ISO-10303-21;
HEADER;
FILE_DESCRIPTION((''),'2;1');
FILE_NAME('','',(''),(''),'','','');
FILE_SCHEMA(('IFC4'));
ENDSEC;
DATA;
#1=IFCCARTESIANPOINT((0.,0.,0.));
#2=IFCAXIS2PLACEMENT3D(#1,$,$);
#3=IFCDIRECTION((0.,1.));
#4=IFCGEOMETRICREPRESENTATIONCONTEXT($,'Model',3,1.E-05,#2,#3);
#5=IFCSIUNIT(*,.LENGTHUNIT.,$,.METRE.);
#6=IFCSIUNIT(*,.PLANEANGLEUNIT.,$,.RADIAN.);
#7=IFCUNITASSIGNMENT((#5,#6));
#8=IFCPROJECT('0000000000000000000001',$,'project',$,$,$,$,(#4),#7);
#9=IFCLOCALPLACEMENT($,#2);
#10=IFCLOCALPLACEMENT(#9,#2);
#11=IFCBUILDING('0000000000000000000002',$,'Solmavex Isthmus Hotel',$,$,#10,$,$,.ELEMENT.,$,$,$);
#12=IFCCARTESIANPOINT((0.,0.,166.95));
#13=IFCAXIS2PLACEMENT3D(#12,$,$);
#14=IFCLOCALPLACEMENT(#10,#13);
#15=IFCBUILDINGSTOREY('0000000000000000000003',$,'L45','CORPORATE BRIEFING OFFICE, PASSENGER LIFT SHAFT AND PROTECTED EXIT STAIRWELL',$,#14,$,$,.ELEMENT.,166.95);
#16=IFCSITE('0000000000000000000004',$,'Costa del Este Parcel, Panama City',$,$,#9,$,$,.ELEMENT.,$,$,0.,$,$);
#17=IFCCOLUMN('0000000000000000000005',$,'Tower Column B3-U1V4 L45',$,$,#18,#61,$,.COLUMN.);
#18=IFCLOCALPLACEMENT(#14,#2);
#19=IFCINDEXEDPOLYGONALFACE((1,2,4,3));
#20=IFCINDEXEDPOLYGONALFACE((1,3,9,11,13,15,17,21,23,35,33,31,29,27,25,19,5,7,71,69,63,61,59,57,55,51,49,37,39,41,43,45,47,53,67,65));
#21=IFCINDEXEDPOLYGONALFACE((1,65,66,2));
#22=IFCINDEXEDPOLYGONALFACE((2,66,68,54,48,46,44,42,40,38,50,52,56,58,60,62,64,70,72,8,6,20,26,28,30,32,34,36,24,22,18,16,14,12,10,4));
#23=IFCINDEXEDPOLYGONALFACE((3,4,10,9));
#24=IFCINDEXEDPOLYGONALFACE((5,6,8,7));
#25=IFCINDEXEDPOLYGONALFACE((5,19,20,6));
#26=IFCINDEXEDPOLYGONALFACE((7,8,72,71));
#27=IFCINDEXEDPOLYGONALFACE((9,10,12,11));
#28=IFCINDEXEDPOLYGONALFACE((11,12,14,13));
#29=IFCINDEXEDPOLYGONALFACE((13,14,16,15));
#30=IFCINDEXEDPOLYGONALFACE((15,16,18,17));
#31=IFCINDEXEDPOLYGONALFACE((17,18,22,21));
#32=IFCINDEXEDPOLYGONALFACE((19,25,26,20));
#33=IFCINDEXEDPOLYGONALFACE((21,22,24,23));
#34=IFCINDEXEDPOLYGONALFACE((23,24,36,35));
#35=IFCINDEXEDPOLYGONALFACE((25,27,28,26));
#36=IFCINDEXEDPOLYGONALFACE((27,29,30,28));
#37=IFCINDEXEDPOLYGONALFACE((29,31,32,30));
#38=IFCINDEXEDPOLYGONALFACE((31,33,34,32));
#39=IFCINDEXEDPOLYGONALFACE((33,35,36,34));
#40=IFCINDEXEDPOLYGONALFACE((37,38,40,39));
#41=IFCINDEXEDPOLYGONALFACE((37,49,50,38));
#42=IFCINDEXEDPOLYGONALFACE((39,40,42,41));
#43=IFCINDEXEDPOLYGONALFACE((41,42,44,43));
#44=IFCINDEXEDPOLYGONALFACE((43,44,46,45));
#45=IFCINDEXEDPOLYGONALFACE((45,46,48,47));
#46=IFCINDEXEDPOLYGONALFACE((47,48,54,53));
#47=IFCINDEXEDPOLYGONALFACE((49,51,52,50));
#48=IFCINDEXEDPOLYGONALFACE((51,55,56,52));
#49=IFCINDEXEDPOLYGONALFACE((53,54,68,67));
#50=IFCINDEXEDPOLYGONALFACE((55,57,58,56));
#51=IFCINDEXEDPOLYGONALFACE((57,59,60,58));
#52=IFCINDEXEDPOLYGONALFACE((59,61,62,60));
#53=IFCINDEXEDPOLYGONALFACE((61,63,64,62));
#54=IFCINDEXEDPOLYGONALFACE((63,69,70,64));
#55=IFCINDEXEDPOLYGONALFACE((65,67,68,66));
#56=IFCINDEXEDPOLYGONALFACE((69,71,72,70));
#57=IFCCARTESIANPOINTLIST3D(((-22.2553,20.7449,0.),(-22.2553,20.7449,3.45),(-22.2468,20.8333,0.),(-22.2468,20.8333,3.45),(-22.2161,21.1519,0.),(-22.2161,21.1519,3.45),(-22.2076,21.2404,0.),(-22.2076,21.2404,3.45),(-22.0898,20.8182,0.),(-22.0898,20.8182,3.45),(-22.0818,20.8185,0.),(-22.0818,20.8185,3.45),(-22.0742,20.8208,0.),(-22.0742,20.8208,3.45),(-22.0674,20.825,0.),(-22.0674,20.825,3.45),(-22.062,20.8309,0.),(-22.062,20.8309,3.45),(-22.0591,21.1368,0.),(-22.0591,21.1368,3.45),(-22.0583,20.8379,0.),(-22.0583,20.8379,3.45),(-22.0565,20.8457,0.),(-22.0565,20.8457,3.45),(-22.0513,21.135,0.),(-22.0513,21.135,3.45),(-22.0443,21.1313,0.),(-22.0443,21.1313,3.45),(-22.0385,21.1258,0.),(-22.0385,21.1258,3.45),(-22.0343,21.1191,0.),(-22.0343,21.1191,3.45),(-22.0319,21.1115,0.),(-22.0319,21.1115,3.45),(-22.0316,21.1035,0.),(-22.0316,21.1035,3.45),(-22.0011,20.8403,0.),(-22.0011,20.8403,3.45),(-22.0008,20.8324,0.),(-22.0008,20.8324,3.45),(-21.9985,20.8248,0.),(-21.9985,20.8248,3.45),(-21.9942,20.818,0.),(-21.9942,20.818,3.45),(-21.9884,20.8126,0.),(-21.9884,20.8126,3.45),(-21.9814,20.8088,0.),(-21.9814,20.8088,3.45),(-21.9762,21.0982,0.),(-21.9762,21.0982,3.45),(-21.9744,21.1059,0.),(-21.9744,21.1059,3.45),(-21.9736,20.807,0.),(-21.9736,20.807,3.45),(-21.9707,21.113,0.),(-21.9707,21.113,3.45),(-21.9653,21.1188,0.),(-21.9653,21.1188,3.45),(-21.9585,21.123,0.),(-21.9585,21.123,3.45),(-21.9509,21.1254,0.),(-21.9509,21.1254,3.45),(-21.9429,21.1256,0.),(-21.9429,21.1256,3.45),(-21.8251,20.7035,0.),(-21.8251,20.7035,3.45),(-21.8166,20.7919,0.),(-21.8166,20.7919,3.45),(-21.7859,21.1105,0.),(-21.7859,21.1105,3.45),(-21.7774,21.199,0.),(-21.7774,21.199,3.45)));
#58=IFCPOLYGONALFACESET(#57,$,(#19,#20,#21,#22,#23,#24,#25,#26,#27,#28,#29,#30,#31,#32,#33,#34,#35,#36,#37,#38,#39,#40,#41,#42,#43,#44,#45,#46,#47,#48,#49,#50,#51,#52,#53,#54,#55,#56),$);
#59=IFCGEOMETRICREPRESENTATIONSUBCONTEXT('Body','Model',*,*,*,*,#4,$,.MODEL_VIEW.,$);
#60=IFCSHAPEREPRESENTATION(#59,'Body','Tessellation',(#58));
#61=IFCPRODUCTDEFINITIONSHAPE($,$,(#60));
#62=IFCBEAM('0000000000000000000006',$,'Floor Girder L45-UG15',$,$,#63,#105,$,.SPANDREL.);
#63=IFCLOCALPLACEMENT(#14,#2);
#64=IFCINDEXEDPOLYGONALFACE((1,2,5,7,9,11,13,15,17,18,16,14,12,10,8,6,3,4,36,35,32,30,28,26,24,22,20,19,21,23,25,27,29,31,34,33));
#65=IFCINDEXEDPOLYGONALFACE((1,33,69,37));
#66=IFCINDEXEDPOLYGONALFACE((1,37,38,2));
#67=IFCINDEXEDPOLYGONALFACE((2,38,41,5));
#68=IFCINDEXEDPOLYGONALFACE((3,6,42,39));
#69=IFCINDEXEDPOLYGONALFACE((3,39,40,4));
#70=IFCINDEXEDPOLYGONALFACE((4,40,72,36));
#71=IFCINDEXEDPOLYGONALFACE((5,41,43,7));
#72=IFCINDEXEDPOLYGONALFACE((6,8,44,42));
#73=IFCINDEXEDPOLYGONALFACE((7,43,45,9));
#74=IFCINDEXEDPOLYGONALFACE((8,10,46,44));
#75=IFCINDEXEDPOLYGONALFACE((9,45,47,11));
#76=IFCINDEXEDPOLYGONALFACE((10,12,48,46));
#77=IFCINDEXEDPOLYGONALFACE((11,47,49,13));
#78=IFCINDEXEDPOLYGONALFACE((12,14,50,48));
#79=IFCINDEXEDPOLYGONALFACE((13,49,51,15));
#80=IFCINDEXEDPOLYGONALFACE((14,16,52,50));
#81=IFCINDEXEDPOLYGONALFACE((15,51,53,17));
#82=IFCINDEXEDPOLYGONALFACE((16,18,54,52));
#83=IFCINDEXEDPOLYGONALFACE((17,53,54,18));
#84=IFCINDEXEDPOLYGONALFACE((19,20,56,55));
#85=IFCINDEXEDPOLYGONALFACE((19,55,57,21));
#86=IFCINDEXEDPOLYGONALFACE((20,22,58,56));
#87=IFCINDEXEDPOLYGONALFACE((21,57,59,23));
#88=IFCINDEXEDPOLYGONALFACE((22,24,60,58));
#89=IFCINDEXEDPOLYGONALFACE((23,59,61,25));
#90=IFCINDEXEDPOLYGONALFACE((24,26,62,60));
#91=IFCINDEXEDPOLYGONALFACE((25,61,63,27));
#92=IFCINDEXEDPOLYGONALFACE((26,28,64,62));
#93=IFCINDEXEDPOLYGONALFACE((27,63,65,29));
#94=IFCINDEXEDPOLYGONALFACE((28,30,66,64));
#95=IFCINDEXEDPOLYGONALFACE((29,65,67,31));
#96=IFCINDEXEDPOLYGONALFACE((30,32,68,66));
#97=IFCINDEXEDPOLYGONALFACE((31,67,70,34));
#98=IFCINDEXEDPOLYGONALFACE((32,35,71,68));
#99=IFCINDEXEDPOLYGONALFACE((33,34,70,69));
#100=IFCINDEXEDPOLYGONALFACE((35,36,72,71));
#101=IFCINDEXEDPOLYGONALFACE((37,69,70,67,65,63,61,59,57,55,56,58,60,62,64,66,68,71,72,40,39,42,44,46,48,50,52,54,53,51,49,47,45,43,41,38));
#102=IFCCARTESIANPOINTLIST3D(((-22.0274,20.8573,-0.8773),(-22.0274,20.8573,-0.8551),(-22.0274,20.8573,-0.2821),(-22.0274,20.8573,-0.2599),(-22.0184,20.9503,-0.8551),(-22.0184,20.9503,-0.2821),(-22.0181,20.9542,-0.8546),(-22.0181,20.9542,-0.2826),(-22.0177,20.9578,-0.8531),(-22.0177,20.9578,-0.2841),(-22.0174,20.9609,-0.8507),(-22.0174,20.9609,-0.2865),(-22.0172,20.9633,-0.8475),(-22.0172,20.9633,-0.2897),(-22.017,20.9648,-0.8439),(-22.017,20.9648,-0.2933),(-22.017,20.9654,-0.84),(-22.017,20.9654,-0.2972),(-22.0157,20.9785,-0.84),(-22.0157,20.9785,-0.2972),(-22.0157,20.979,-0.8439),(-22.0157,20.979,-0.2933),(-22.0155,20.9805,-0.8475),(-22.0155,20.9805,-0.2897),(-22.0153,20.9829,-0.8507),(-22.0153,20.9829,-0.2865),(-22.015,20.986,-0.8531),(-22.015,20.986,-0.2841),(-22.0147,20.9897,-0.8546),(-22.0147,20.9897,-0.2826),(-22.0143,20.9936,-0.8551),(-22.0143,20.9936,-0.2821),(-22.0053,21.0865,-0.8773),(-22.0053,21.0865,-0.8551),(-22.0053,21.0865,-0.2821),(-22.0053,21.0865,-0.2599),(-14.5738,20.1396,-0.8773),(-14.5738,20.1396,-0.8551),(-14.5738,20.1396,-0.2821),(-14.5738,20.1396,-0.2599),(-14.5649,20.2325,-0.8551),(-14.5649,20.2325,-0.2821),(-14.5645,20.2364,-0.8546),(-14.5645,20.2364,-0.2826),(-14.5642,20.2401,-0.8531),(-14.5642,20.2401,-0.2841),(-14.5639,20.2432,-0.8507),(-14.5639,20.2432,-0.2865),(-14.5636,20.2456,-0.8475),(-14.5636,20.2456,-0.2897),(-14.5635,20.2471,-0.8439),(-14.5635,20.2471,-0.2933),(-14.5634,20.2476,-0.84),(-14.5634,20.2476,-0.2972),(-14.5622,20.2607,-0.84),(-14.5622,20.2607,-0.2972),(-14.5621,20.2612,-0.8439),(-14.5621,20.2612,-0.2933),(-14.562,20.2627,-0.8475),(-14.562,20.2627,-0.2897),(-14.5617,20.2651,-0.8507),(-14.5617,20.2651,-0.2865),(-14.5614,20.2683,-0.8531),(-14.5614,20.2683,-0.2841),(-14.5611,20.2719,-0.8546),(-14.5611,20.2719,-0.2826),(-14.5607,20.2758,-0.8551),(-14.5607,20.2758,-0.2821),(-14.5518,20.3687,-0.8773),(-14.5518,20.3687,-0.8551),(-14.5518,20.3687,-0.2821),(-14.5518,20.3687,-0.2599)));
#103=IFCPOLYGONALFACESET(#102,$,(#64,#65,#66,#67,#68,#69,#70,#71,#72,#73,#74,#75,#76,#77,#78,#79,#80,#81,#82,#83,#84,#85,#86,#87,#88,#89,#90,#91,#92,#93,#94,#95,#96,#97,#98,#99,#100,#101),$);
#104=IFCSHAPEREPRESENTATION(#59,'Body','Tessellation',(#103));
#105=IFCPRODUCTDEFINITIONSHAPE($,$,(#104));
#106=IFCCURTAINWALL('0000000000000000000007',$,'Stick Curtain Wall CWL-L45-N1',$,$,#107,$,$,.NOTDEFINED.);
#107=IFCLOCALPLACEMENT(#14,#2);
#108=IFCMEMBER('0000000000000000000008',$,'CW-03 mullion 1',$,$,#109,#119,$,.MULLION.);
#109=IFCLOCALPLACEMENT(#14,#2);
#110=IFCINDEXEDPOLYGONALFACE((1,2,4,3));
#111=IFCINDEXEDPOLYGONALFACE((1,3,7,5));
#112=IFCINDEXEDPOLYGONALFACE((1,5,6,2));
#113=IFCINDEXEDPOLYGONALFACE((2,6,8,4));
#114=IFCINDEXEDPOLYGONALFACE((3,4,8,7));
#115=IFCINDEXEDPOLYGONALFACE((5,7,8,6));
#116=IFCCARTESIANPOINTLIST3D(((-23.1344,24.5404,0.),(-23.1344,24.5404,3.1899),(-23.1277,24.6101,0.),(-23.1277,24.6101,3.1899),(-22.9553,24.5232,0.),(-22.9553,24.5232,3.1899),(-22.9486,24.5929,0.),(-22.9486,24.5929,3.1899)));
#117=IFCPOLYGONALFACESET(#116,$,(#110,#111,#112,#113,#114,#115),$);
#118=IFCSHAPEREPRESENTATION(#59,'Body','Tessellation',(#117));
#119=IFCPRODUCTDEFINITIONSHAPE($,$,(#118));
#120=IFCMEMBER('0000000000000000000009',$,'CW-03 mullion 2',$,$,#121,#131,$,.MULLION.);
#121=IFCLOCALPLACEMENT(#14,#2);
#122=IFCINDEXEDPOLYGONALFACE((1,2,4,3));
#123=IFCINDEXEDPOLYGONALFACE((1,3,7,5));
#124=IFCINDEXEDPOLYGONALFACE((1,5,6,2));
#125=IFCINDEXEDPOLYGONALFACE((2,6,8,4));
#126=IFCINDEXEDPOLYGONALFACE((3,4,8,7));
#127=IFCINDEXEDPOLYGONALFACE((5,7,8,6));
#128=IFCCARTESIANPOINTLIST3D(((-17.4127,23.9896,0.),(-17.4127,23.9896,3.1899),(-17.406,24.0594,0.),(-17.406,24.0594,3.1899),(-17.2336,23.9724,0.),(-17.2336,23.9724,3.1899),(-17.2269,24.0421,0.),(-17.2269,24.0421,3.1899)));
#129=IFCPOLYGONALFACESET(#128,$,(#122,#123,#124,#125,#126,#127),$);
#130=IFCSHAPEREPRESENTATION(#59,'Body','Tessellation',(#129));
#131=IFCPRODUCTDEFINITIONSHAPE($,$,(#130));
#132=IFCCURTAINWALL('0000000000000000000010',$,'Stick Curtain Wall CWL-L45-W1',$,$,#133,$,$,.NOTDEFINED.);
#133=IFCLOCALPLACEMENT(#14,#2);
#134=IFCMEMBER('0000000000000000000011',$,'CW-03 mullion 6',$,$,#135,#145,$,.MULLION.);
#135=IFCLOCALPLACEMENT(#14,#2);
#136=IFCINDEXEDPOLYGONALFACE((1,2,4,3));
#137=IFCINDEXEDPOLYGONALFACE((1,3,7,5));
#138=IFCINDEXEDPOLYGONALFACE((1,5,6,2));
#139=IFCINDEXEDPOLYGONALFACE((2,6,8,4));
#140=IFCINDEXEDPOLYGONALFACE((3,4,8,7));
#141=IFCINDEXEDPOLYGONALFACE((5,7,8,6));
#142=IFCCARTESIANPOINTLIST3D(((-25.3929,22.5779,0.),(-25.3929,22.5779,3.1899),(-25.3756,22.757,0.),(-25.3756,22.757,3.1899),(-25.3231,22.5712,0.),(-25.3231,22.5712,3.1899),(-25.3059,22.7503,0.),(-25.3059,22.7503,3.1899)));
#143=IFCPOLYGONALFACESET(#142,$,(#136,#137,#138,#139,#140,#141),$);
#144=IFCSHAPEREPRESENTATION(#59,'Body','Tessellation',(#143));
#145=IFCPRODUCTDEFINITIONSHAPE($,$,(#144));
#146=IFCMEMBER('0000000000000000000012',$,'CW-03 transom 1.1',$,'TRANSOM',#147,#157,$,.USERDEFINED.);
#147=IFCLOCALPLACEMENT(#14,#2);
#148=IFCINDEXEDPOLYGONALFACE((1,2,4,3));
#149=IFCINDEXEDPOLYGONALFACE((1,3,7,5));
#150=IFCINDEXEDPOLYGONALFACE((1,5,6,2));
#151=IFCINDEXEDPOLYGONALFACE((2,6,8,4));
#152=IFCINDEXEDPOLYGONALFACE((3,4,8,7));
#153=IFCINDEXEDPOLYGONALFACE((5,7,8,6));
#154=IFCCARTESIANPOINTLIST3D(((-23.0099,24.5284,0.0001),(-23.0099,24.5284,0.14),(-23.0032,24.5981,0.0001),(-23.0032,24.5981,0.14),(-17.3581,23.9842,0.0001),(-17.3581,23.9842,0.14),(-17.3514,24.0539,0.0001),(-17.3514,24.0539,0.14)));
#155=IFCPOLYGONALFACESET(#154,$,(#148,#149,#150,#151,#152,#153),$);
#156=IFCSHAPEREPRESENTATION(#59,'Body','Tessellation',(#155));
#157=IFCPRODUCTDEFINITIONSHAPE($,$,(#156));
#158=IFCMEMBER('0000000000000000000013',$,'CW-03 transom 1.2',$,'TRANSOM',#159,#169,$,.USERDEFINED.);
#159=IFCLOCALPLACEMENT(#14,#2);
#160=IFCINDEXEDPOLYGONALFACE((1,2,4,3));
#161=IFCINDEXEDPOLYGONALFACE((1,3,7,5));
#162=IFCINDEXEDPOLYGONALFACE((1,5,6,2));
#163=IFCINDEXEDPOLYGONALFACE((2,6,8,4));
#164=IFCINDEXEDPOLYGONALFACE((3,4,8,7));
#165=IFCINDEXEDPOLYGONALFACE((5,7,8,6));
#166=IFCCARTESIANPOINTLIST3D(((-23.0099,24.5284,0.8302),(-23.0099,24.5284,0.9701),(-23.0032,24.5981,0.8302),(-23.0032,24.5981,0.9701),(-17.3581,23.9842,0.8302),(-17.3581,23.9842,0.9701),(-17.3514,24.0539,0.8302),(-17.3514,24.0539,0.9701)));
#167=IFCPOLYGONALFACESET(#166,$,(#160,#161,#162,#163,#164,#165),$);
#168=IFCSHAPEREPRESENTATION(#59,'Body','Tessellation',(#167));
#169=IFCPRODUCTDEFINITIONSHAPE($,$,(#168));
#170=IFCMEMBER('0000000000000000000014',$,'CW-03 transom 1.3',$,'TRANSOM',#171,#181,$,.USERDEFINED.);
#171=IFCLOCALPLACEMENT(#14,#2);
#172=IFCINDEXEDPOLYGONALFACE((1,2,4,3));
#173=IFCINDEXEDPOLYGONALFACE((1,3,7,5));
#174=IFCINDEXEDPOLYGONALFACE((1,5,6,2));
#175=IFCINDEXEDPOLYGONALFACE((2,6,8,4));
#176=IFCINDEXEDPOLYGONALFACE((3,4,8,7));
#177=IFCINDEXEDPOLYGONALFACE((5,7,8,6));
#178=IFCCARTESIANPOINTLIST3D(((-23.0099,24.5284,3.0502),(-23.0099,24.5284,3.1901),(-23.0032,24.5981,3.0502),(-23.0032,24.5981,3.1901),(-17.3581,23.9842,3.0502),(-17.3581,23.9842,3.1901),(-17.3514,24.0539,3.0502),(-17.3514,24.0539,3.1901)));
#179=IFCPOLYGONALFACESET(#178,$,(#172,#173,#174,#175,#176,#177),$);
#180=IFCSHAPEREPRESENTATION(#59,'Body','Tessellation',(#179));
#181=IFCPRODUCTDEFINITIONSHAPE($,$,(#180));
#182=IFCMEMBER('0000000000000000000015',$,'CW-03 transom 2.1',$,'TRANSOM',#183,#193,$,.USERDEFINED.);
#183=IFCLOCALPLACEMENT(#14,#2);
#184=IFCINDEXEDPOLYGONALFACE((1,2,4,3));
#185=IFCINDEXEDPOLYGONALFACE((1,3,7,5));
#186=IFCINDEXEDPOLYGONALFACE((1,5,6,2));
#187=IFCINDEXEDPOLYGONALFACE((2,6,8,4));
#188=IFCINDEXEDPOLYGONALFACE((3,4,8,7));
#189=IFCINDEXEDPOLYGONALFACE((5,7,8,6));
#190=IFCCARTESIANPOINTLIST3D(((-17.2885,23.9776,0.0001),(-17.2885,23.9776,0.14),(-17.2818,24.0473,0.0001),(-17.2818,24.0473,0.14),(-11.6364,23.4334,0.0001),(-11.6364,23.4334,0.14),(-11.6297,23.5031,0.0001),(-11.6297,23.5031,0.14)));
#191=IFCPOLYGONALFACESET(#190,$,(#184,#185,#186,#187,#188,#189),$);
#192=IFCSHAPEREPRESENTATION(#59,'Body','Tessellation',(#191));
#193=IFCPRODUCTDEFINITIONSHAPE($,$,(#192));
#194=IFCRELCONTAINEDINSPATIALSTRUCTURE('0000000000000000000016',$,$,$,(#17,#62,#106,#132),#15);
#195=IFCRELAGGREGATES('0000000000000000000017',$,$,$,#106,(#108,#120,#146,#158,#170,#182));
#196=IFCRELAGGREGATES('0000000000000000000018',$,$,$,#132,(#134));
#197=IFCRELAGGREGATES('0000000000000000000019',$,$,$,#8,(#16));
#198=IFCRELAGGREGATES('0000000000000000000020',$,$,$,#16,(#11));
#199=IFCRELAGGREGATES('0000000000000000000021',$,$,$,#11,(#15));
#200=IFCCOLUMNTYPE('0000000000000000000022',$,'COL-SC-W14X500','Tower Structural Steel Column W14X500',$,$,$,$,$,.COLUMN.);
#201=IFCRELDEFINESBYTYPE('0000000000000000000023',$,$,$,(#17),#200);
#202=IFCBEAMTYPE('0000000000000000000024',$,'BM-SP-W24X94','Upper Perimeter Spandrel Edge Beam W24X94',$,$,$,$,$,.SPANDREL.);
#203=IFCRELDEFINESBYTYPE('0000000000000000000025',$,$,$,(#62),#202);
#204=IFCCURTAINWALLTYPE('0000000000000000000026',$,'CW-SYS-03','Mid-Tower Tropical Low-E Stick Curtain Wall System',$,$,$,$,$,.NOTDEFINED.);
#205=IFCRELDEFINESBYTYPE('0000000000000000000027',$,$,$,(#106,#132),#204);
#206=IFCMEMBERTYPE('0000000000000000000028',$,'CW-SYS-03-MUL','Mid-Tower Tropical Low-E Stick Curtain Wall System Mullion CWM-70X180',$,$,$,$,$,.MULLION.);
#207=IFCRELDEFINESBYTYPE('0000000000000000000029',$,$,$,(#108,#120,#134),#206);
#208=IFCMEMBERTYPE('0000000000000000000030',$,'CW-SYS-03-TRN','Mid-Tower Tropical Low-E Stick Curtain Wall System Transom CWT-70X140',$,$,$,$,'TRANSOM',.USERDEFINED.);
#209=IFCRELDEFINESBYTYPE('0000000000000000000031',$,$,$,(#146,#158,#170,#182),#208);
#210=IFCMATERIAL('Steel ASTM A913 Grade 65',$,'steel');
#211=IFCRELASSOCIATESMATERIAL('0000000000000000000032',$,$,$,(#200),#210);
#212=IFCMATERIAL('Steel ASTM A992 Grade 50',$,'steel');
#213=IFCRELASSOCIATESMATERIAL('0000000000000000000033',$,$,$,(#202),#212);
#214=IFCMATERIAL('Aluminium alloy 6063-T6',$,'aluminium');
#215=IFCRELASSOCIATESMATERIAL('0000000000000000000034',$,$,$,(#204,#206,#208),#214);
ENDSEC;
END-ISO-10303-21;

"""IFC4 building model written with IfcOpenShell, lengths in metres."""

from ifc_helpers import new_model, si_unit, direction, frame, origin, origin_2d, place, context, subcontext, project, spatial, rectangle, i_section, extrude, material, material_profile, profile_set, type_object, element, aggregate, save


model = new_model("IFC4")

# Units and contexts
model_context = context("Model", 3, precision=1e-05, world=origin(), true_north=direction((0.0, 1.0)))
body_context = subcontext(model_context, "Body", "Model", "MODEL_VIEW")
ifc_project = project(units=[si_unit("LENGTHUNIT", "METRE"), si_unit("PLANEANGLEUNIT", "RADIAN")], contexts=[model_context])

# Site, building, storey
site_placement = place(None, origin())
site = spatial("IfcSite", under=ifc_project, at=site_placement, Name="Costa del Este Parcel, Panama City", CompositionType="ELEMENT", RefElevation=0.0)
building_placement = place(site_placement, origin())
building = spatial("IfcBuilding", under=site, at=building_placement, Name="Solmavex Isthmus Hotel", CompositionType="ELEMENT")
storey_placement = place(building_placement, frame((0.0, 0.0, 166.95)))
storey = spatial("IfcBuildingStorey", under=building, at=storey_placement, Name="L45", Description="CORPORATE BRIEFING OFFICE, PASSENGER LIFT SHAFT AND PROTECTED EXIT STAIRWELL", CompositionType="ELEMENT", Elevation=166.95)

# Column
ifc_material_1 = material(Name="Steel ASTM A913 Grade 65", Category="steel")
ifc_material_profile_1 = material_profile(ifc_material_1, i_section(OverallWidth=0.4321, OverallDepth=0.4978, WebThickness=0.0557, FlangeThickness=0.0889, FilletRadius=0.0305, at=origin_2d()), Name="W14X500")
ifc_profile_set_1 = profile_set([ifc_material_profile_1], Name="Steel ASTM A913 Grade 65")
column_type = type_object("IfcColumnType", Name="COL-SC-W14X500", Description="Tower Structural Steel Column W14X500", PredefinedType="COLUMN", material=ifc_profile_set_1)
column_placement = place(storey_placement, frame((-22.0164, 20.9719, 0.0), z_axis=(0.0, 0.0, 1.0), x_axis=(0.995396, -0.095846, 0.0)))
element("IfcColumn", 1, at=column_placement, inside=storey, type_object=column_type, Name="Tower Column B3-U1V4 L45", PredefinedType="COLUMN", context=body_context, shape_type="SweptSolid", body=[
    extrude(i_section(OverallWidth=0.4321, OverallDepth=0.4978, WebThickness=0.0557, FlangeThickness=0.0889, FilletRadius=0.0305, at=origin_2d()), origin(), (0.0, 0.0, 1.0), 3.45),
])

# Beam
ifc_material_2 = material(Name="Steel ASTM A992 Grade 50", Category="steel")
ifc_material_profile_2 = material_profile(ifc_material_2, i_section(OverallWidth=0.2302, OverallDepth=0.6174, WebThickness=0.0132, FlangeThickness=0.0222, FilletRadius=0.0151, at=origin_2d()), Name="W24X94")
ifc_profile_set_2 = profile_set([ifc_material_profile_2], Name="Steel ASTM A992 Grade 50")
beam_type = type_object("IfcBeamType", Name="BM-SP-W24X94", Description="Upper Perimeter Spandrel Edge Beam W24X94", PredefinedType="SPANDREL", material=ifc_profile_set_2)
beam_placement = place(storey_placement, frame((-22.0164, 20.9719, -0.5686), z_axis=(0.995395, -0.095855, 0.0), x_axis=(0.095855, 0.995395, 0.0)))
element("IfcBeam", 2, at=beam_placement, inside=storey, type_object=beam_type, Name="Floor Girder L45-UG15", PredefinedType="SPANDREL", context=body_context, shape_type="SweptSolid", body=[
    extrude(i_section(OverallWidth=0.2302, OverallDepth=0.6174, WebThickness=0.0132, FlangeThickness=0.0222, FilletRadius=0.0151, at=origin_2d()), origin(), (0.0, 0.0, 1.0), 7.488),
])

# Curtain wall, members
ifc_material_3 = material(Name="Aluminium alloy 6063-T6", Category="aluminium")
curtain_wall_type = type_object("IfcCurtainWallType", Name="CW-SYS-03", Description="Mid-Tower Tropical Low-E Stick Curtain Wall System", PredefinedType="NOTDEFINED", material=ifc_material_3)
curtain_wall_1_placement = place(storey_placement, origin())
curtain_wall_1 = element("IfcCurtainWall", 3, at=curtain_wall_1_placement, inside=storey, type_object=curtain_wall_type, Name="Stick Curtain Wall CWL-L45-N1", PredefinedType="NOTDEFINED")
ifc_material_profile_3 = material_profile(ifc_material_3, rectangle(XDim=0.0701, YDim=0.1799, at=origin_2d()), Name="CWM-70X180")
ifc_profile_set_3 = profile_set([ifc_material_profile_3], Name="Aluminium alloy 6063-T6")
member_type_1 = type_object("IfcMemberType", Name="CW-SYS-03-MUL", Description="Mid-Tower Tropical Low-E Stick Curtain Wall System Mullion CWM-70X180", PredefinedType="MULLION", material=ifc_profile_set_3)
member_1_placement = place(storey_placement, frame((-23.0415, 24.5667, 0.0), z_axis=(0.0, 0.0, 1.0), x_axis=(0.095846, 0.995396, 0.0)))
member_1 = element("IfcMember", 4, at=member_1_placement, type_object=member_type_1, Name="CW-03 mullion 1", PredefinedType="MULLION", context=body_context, shape_type="SweptSolid", body=[
    extrude(rectangle(XDim=0.0701, YDim=0.1799, at=origin_2d()), origin(), (0.0, 0.0, 1.0), 3.1899),
])
member_2_placement = place(storey_placement, frame((-17.3198, 24.0159, 0.0), z_axis=(0.0, 0.0, 1.0), x_axis=(0.095846, 0.995396, 0.0)))
member_2 = element("IfcMember", 5, at=member_2_placement, type_object=member_type_1, Name="CW-03 mullion 2", PredefinedType="MULLION", context=body_context, shape_type="SweptSolid", body=[
    extrude(rectangle(XDim=0.0701, YDim=0.1799, at=origin_2d()), origin(), (0.0, 0.0, 1.0), 3.1899),
])

# Curtain wall, member
curtain_wall_2_placement = place(storey_placement, origin())
curtain_wall_2 = element("IfcCurtainWall", 6, at=curtain_wall_2_placement, inside=storey, type_object=curtain_wall_type, Name="Stick Curtain Wall CWL-L45-W1", PredefinedType="NOTDEFINED")
member_3_placement = place(storey_placement, frame((-25.3494, 22.6641, 0.0), z_axis=(0.0, 0.0, 1.0), x_axis=(-0.995396, 0.095846, 0.0)))
member_3 = element("IfcMember", 7, at=member_3_placement, type_object=member_type_1, Name="CW-03 mullion 6", PredefinedType="MULLION", context=body_context, shape_type="SweptSolid", body=[
    extrude(rectangle(XDim=0.0701, YDim=0.1799, at=origin_2d()), origin(), (0.0, 0.0, 1.0), 3.1899),
])

# Members
ifc_material_profile_4 = material_profile(ifc_material_3, rectangle(XDim=0.0701, YDim=0.1399, at=origin_2d()), Name="CWT-70X140")
ifc_profile_set_4 = profile_set([ifc_material_profile_4], Name="Aluminium alloy 6063-T6")
member_type_2 = type_object("IfcMemberType", Name="CW-SYS-03-TRN", Description="Mid-Tower Tropical Low-E Stick Curtain Wall System Transom CWT-70X140", ElementType="TRANSOM", PredefinedType="USERDEFINED", material=ifc_profile_set_4)
member_4_placement = place(storey_placement, frame((-23.0066, 24.5632, 0.0701), z_axis=(0.995397, -0.095842, 0.0), x_axis=(0.095842, 0.995397, 0.0)))
member_4 = element("IfcMember", 8, at=member_4_placement, type_object=member_type_2, Name="CW-03 transom 1.1", ObjectType="TRANSOM", PredefinedType="USERDEFINED", context=body_context, shape_type="SweptSolid", body=[
    extrude(rectangle(XDim=0.0701, YDim=0.1399, at=origin_2d()), origin(), (0.0, 0.0, 1.0), 5.678),
])
member_5_placement = place(storey_placement, frame((-23.0066, 24.5632, 0.9001), z_axis=(0.995397, -0.095842, 0.0), x_axis=(0.095842, 0.995397, 0.0)))
member_5 = element("IfcMember", 9, at=member_5_placement, type_object=member_type_2, Name="CW-03 transom 1.2", ObjectType="TRANSOM", PredefinedType="USERDEFINED", context=body_context, shape_type="SweptSolid", body=[
    extrude(rectangle(XDim=0.0701, YDim=0.1399, at=origin_2d()), origin(), (0.0, 0.0, 1.0), 5.678),
])
member_6_placement = place(storey_placement, frame((-23.0066, 24.5632, 3.1201), z_axis=(0.995397, -0.095842, 0.0), x_axis=(0.095842, 0.995397, 0.0)))
member_6 = element("IfcMember", 10, at=member_6_placement, type_object=member_type_2, Name="CW-03 transom 1.3", ObjectType="TRANSOM", PredefinedType="USERDEFINED", context=body_context, shape_type="SweptSolid", body=[
    extrude(rectangle(XDim=0.0701, YDim=0.1399, at=origin_2d()), origin(), (0.0, 0.0, 1.0), 5.678),
])
member_7_placement = place(storey_placement, frame((-17.2852, 24.0125, 0.0701), z_axis=(0.995397, -0.095838, 0.0), x_axis=(0.095838, 0.995397, 0.0)))
member_7 = element("IfcMember", 11, at=member_7_placement, type_object=member_type_2, Name="CW-03 transom 2.1", ObjectType="TRANSOM", PredefinedType="USERDEFINED", context=body_context, shape_type="SweptSolid", body=[
    extrude(rectangle(XDim=0.0701, YDim=0.1399, at=origin_2d()), origin(), (0.0, 0.0, 1.0), 5.6782),
])

aggregate(curtain_wall_1, [member_1, member_2, member_4, member_5, member_6, member_7])
aggregate(curtain_wall_2, [member_3])

save(model, "model.ifc")
